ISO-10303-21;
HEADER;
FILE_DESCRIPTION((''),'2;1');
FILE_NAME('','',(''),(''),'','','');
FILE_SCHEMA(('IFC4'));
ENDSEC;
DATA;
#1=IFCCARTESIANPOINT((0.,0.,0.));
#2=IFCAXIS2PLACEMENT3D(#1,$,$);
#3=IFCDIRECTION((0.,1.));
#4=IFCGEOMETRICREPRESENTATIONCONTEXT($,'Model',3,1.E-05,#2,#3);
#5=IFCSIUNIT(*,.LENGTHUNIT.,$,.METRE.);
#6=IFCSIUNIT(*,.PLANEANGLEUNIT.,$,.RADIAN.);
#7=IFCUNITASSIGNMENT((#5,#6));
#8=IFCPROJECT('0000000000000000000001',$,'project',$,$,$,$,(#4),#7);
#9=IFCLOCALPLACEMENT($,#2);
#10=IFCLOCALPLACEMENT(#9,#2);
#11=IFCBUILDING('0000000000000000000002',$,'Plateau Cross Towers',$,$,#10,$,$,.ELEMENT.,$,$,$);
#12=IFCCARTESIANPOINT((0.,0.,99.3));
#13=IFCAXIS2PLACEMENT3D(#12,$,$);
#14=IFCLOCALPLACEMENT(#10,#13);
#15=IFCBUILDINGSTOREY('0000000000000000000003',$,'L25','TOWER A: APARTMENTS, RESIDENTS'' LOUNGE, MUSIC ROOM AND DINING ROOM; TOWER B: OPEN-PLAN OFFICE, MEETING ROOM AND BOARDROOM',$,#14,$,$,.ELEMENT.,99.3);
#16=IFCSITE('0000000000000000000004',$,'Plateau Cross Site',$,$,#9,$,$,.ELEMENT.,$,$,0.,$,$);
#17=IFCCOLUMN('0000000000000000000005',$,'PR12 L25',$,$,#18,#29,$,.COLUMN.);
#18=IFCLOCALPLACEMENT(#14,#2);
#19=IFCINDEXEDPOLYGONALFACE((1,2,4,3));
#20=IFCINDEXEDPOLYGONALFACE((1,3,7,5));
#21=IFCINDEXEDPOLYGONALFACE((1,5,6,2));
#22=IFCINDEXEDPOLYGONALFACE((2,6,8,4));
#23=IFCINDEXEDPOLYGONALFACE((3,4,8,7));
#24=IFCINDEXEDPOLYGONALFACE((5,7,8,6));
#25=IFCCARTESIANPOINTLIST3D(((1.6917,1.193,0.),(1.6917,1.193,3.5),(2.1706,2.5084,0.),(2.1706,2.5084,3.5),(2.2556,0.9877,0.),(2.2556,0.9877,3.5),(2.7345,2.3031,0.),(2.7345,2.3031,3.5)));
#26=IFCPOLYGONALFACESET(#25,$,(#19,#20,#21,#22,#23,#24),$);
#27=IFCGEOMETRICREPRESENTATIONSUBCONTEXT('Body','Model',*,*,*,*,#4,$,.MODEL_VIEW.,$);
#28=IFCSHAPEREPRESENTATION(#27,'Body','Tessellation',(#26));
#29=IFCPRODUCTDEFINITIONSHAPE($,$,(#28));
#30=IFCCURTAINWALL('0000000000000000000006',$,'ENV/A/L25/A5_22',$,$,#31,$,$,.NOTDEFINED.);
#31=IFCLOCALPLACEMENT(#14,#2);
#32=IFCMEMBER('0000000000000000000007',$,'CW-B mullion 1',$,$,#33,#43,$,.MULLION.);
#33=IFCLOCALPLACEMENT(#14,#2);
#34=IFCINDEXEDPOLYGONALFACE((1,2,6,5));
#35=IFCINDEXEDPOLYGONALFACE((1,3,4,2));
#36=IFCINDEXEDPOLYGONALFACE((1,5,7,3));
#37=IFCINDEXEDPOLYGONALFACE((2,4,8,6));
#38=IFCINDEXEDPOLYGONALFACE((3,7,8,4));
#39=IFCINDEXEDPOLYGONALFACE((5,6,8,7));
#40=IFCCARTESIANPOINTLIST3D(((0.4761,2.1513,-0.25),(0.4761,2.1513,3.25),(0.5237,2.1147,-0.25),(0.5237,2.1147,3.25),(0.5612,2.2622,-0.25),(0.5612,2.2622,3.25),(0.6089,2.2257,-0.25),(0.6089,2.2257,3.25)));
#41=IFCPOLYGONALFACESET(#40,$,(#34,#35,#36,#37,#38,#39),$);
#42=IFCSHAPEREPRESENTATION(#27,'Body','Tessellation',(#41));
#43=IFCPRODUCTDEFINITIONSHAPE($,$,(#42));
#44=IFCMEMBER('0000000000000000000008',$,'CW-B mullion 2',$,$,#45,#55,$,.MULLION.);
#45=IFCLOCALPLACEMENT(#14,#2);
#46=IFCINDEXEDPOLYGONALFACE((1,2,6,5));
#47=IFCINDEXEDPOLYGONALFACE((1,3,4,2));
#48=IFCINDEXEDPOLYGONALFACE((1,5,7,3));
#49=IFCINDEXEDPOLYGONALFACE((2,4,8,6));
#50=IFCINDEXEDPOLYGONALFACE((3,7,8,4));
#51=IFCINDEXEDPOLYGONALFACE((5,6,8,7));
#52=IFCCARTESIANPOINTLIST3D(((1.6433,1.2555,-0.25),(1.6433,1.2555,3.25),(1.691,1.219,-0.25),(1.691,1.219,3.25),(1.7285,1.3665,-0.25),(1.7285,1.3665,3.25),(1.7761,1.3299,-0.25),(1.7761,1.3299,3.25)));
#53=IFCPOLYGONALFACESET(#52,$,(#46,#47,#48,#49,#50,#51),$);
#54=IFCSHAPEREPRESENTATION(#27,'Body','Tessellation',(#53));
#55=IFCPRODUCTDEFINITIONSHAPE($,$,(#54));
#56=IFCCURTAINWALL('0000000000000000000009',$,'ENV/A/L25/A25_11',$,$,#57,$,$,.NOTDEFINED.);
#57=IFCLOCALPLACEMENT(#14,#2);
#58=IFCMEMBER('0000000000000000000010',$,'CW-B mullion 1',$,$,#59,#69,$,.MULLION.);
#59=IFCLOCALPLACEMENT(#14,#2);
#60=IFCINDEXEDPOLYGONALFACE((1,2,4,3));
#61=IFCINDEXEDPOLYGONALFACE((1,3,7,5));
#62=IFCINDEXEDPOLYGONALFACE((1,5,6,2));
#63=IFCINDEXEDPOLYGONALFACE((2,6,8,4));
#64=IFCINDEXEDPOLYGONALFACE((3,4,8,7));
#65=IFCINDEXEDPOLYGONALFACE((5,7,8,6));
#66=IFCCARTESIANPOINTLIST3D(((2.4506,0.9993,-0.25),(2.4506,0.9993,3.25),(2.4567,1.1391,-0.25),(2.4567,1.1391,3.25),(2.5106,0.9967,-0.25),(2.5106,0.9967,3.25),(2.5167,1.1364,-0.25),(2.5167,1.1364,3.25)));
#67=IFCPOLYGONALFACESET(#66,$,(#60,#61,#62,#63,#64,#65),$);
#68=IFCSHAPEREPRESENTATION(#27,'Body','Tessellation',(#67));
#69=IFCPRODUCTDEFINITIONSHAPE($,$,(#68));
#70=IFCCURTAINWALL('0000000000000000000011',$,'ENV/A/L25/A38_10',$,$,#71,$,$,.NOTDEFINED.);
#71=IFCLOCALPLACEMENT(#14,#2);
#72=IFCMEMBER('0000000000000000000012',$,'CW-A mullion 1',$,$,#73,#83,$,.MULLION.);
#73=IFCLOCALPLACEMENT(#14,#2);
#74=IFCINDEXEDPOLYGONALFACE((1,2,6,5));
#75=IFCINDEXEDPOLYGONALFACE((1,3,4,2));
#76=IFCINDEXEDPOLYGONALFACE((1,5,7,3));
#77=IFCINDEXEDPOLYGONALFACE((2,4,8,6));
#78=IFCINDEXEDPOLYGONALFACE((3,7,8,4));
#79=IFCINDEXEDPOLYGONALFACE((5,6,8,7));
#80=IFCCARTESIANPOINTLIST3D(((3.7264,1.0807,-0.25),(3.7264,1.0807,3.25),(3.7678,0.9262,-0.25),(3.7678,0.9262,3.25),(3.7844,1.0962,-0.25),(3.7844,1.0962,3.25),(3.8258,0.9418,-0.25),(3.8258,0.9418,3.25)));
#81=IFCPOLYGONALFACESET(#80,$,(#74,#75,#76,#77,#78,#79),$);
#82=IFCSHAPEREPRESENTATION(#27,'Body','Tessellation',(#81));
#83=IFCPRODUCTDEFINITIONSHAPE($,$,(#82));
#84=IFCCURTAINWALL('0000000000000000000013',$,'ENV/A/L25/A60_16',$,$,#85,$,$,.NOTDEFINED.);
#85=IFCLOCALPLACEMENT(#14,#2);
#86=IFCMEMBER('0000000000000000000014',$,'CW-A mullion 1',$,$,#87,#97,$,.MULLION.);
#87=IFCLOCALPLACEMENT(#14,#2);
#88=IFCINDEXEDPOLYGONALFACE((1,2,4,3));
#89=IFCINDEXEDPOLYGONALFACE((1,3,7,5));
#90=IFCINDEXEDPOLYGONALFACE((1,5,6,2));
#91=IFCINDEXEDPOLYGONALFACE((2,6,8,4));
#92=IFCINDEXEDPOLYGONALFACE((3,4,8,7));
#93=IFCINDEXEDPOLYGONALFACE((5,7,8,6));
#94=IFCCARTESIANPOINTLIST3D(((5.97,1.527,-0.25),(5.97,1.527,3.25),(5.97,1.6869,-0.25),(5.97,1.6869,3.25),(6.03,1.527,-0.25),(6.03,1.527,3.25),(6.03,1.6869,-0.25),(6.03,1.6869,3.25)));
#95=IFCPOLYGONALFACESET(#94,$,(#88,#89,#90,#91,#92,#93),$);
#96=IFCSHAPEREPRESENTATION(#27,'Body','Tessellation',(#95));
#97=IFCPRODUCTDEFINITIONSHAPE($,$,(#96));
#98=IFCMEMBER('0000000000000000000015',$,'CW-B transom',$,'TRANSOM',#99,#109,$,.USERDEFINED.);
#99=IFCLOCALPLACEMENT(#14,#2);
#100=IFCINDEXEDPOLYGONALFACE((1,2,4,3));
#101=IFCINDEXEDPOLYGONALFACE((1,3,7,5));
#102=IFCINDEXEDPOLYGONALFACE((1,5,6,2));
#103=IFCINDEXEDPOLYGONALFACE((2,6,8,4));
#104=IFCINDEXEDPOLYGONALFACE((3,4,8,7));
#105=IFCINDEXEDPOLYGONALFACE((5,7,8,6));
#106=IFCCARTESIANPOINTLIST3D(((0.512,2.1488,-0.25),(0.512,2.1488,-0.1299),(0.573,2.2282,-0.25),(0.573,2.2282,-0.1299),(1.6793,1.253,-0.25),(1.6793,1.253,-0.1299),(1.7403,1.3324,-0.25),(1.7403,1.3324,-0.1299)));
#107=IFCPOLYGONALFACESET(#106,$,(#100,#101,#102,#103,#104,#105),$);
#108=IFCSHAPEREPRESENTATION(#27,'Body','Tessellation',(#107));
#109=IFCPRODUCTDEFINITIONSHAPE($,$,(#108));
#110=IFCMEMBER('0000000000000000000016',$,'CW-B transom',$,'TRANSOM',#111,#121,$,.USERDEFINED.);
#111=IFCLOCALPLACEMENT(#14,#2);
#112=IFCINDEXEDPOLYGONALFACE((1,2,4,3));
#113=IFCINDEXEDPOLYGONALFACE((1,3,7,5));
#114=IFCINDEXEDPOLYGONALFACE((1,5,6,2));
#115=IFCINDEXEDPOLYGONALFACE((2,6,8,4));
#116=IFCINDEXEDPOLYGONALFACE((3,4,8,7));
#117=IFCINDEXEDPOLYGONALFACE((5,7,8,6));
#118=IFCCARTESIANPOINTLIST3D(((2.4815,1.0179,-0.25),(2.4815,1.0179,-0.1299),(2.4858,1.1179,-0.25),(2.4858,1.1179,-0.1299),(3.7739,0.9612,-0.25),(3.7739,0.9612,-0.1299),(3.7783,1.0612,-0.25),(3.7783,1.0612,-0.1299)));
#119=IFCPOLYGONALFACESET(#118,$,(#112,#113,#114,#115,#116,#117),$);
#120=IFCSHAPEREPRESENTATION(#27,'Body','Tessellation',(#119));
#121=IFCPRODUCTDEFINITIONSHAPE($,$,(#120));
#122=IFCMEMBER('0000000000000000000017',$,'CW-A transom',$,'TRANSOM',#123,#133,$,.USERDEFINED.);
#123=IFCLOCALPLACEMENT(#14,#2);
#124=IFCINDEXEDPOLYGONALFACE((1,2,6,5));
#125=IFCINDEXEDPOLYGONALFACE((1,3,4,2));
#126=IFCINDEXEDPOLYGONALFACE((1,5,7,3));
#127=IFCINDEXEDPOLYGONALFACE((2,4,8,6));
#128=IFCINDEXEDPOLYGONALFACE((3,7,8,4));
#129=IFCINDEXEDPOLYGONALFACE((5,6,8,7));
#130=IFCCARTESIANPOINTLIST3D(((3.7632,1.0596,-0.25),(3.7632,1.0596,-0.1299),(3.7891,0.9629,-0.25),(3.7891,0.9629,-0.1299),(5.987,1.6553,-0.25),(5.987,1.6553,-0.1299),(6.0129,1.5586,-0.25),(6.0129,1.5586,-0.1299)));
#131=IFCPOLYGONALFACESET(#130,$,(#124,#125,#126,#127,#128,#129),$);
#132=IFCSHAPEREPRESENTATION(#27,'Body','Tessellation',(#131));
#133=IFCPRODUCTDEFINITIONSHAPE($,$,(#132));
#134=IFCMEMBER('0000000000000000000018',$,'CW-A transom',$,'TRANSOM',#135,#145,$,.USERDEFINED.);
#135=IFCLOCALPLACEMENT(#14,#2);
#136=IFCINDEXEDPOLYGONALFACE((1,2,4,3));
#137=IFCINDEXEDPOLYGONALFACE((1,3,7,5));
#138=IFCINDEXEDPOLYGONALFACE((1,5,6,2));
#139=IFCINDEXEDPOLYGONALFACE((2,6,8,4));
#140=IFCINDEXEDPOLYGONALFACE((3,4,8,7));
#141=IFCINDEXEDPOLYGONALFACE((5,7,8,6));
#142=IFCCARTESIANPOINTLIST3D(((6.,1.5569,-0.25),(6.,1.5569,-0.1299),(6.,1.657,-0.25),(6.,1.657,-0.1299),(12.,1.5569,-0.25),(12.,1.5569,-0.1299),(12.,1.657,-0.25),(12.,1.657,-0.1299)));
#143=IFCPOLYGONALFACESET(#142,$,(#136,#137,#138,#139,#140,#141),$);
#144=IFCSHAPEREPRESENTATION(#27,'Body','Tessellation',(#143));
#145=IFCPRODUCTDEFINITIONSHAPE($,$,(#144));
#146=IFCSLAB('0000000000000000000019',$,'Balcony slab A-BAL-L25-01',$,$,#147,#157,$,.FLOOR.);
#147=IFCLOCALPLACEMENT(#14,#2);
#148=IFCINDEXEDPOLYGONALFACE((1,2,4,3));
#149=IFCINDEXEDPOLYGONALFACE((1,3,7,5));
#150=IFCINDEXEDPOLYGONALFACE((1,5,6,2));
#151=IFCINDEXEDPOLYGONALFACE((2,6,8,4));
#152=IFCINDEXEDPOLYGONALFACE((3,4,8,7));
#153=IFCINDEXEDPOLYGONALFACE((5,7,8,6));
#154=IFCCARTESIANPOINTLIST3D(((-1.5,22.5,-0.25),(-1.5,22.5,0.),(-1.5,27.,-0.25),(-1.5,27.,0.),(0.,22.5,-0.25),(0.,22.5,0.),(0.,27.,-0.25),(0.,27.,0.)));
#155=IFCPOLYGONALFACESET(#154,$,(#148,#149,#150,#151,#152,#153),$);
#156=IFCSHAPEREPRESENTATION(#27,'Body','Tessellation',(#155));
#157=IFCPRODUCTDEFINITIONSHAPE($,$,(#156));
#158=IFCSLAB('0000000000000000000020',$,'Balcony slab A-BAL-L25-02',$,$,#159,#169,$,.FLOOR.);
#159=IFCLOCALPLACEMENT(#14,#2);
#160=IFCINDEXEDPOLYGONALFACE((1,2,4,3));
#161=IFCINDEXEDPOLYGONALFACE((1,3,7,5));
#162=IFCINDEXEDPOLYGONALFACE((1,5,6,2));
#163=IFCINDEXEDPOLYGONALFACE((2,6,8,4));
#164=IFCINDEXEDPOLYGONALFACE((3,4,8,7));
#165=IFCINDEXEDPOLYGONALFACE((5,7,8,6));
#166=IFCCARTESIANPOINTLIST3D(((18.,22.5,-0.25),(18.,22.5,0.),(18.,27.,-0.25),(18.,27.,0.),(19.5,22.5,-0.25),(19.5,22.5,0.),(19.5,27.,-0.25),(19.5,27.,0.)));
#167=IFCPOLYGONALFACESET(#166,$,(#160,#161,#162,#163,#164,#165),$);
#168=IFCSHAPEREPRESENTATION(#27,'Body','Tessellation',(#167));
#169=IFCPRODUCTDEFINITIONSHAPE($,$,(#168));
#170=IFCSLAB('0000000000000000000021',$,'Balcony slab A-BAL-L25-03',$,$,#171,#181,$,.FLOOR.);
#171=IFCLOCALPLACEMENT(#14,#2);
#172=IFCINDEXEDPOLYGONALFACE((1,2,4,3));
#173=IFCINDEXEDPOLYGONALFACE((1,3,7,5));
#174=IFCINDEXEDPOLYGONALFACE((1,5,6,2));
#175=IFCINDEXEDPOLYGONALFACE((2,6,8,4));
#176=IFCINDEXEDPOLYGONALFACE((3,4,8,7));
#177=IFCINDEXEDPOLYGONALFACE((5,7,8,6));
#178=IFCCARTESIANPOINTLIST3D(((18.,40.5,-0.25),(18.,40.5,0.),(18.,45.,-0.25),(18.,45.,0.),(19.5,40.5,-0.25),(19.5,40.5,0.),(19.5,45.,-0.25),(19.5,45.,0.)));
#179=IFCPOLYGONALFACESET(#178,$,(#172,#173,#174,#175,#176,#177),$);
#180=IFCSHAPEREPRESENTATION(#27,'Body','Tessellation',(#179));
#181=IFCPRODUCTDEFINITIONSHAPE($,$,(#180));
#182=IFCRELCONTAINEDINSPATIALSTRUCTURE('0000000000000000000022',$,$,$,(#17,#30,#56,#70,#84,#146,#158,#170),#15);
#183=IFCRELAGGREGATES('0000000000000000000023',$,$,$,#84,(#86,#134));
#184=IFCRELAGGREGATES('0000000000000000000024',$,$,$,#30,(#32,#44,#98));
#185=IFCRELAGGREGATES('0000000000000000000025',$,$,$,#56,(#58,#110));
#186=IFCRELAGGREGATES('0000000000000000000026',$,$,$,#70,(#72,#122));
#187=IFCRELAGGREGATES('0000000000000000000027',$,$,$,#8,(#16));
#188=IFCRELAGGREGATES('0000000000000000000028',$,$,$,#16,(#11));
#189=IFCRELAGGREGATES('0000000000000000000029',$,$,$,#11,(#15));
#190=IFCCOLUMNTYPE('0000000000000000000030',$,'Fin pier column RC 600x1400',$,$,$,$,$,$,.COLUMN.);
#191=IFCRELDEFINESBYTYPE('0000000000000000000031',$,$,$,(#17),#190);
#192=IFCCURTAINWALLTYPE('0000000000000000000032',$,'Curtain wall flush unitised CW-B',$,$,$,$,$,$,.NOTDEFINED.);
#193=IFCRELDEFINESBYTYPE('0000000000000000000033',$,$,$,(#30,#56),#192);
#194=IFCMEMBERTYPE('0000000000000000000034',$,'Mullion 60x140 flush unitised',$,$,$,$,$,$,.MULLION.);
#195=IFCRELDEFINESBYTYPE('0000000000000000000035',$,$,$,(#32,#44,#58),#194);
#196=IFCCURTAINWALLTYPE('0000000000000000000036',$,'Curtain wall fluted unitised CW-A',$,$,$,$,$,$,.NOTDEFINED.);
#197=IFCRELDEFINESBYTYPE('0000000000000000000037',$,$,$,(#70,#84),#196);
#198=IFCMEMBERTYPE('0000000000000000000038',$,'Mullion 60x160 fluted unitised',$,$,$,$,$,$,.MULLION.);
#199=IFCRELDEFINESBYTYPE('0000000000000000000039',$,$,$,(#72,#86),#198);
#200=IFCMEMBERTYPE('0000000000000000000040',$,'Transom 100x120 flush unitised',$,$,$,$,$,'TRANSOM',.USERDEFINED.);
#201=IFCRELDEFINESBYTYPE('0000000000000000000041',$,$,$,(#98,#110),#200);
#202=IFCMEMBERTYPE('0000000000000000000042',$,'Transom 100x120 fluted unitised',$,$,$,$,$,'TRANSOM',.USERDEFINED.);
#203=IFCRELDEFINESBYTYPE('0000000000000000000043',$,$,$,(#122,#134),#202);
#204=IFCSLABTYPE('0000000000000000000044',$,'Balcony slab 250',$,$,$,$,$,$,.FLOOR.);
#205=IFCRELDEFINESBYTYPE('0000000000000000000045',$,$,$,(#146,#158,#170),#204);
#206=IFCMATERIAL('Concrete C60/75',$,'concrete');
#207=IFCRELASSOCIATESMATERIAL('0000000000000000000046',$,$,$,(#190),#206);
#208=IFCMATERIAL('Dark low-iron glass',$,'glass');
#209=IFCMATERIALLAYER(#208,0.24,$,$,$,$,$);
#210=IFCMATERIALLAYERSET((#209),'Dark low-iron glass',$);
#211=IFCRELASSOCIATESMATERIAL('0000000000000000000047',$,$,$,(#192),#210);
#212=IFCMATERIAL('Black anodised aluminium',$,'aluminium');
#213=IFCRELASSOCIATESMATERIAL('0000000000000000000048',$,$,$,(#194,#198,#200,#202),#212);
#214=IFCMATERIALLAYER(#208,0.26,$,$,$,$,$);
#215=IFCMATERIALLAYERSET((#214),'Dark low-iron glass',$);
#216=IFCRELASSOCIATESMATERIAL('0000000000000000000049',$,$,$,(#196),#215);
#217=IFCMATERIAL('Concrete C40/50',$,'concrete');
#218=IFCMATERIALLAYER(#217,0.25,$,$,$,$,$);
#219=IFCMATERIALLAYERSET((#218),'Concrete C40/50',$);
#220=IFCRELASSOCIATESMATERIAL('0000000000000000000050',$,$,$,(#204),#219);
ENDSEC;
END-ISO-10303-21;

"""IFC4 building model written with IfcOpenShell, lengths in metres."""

from ifc_helpers import new_model, si_unit, direction, frame, origin, origin_2d, place, context, subcontext, project, spatial, polyline, rectangle, outline, extrude, material, layer, layer_set, material_profile, profile_set, type_object, element, aggregate, save


model = new_model("IFC4")

# Units and contexts
model_context = context("Model", 3, precision=1e-05, world=origin(), true_north=direction((0.0, 1.0)))
body_context = subcontext(model_context, "Body", "Model", "MODEL_VIEW")
ifc_project = project(units=[si_unit("LENGTHUNIT", "METRE"), si_unit("PLANEANGLEUNIT", "RADIAN")], contexts=[model_context])

# Site, building, storey
site_placement = place(None, origin())
site = spatial("IfcSite", under=ifc_project, at=site_placement, Name="Plateau Cross Site", CompositionType="ELEMENT", RefElevation=0.0)
building_placement = place(site_placement, origin())
building = spatial("IfcBuilding", under=site, at=building_placement, Name="Plateau Cross Towers", CompositionType="ELEMENT")
storey_placement = place(building_placement, frame((0.0, 0.0, 99.3)))
storey = spatial("IfcBuildingStorey", under=building, at=storey_placement, Name="L25", Description="TOWER A: APARTMENTS, RESIDENTS' LOUNGE, MUSIC ROOM AND DINING ROOM; TOWER B: OPEN-PLAN OFFICE, MEETING ROOM AND BOARDROOM", CompositionType="ELEMENT", Elevation=99.3)

# Column
ifc_material_1 = material(Name="Concrete C60/75", Category="concrete")
ifc_material_profile_1 = material_profile(ifc_material_1, rectangle(XDim=0.6001, YDim=1.3999, at=origin_2d()), Name="RC 600x1400")
ifc_profile_set_1 = profile_set([ifc_material_profile_1], Name="Concrete C60/75")
column_type = type_object("IfcColumnType", Name="Fin pier column RC 600x1400", PredefinedType="COLUMN", material=ifc_profile_set_1)
column_placement = place(storey_placement, frame((2.2131, 1.748, 0.0), z_axis=(0.0, 0.0, 1.0), x_axis=(-0.939664, 0.342098, 0.0)))
element("IfcColumn", 1, at=column_placement, inside=storey, type_object=column_type, Name="PR12 L25", PredefinedType="COLUMN", context=body_context, shape_type="SweptSolid", body=[
    extrude(rectangle(XDim=0.6001, YDim=1.3999, at=origin_2d()), origin(), (0.0, 0.0, 1.0), 3.5),
])

# Curtain wall, members
ifc_material_2 = material(Name="Dark low-iron glass", Category="glass")
ifc_layer_1 = layer(ifc_material_2, 0.24)
ifc_layer_set_1 = layer_set([ifc_layer_1], Name="Dark low-iron glass")
curtain_wall_type_1 = type_object("IfcCurtainWallType", Name="Curtain wall flush unitised CW-B", PredefinedType="NOTDEFINED", material=ifc_layer_set_1)
curtain_wall_1_placement = place(storey_placement, origin())
curtain_wall_1 = element("IfcCurtainWall", 2, at=curtain_wall_1_placement, inside=storey, type_object=curtain_wall_type_1, Name="ENV/A/L25/A5_22", PredefinedType="NOTDEFINED")
ifc_material_3 = material(Name="Black anodised aluminium", Category="aluminium")
ifc_material_profile_2 = material_profile(ifc_material_3, rectangle(XDim=0.0601, YDim=0.1399, at=origin_2d()), Name="MULLION 60x140")
ifc_profile_set_2 = profile_set([ifc_material_profile_2], Name="Black anodised aluminium")
member_type_1 = type_object("IfcMemberType", Name="Mullion 60x140 flush unitised", PredefinedType="MULLION", material=ifc_profile_set_2)
member_1_placement = place(storey_placement, frame((0.5425, 2.1885, -0.25), z_axis=(0.0, 0.0, 1.0), x_axis=(0.793316, -0.608811, 0.0)))
member_1 = element("IfcMember", 3, at=member_1_placement, type_object=member_type_1, Name="CW-B mullion 1", PredefinedType="MULLION", context=body_context, shape_type="SweptSolid", body=[
    extrude(rectangle(XDim=0.0601, YDim=0.1399, at=origin_2d()), origin(), (0.0, 0.0, 1.0), 3.5),
])
member_2_placement = place(storey_placement, frame((1.7097, 1.2927, -0.25), z_axis=(0.0, 0.0, 1.0), x_axis=(0.793316, -0.608811, 0.0)))
member_2 = element("IfcMember", 4, at=member_2_placement, type_object=member_type_1, Name="CW-B mullion 2", PredefinedType="MULLION", context=body_context, shape_type="SweptSolid", body=[
    extrude(rectangle(XDim=0.0601, YDim=0.1399, at=origin_2d()), origin(), (0.0, 0.0, 1.0), 3.5),
])

# Curtain walls, members
curtain_wall_2_placement = place(storey_placement, origin())
curtain_wall_2 = element("IfcCurtainWall", 5, at=curtain_wall_2_placement, inside=storey, type_object=curtain_wall_type_1, Name="ENV/A/L25/A25_11", PredefinedType="NOTDEFINED")
member_3_placement = place(storey_placement, frame((2.4836, 1.0679, -0.25), z_axis=(0.0, 0.0, 1.0), x_axis=(0.999044, -0.043723, 0.0)))
member_3 = element("IfcMember", 6, at=member_3_placement, type_object=member_type_1, Name="CW-B mullion 1", PredefinedType="MULLION", context=body_context, shape_type="SweptSolid", body=[
    extrude(rectangle(XDim=0.0601, YDim=0.1399, at=origin_2d()), origin(), (0.0, 0.0, 1.0), 3.5),
])
ifc_layer_2 = layer(ifc_material_2, 0.26)
ifc_layer_set_2 = layer_set([ifc_layer_2], Name="Dark low-iron glass")
curtain_wall_type_2 = type_object("IfcCurtainWallType", Name="Curtain wall fluted unitised CW-A", PredefinedType="NOTDEFINED", material=ifc_layer_set_2)
curtain_wall_3_placement = place(storey_placement, origin())
curtain_wall_3 = element("IfcCurtainWall", 7, at=curtain_wall_3_placement, inside=storey, type_object=curtain_wall_type_2, Name="ENV/A/L25/A38_10", PredefinedType="NOTDEFINED")
ifc_material_profile_3 = material_profile(ifc_material_3, rectangle(XDim=0.0601, YDim=0.1599, at=origin_2d()), Name="MULLION 60x160")
ifc_profile_set_3 = profile_set([ifc_material_profile_3], Name="Black anodised aluminium")
member_type_2 = type_object("IfcMemberType", Name="Mullion 60x160 fluted unitised", PredefinedType="MULLION", material=ifc_profile_set_3)
member_4_placement = place(storey_placement, frame((3.7761, 1.0112, -0.25), z_axis=(0.0, 0.0, 1.0), x_axis=(0.965958, 0.258699, 0.0)))
member_4 = element("IfcMember", 8, at=member_4_placement, type_object=member_type_2, Name="CW-A mullion 1", PredefinedType="MULLION", context=body_context, shape_type="SweptSolid", body=[
    extrude(rectangle(XDim=0.0601, YDim=0.1599, at=origin_2d()), origin(), (0.0, 0.0, 1.0), 3.5),
])
curtain_wall_4_placement = place(storey_placement, origin())
curtain_wall_4 = element("IfcCurtainWall", 9, at=curtain_wall_4_placement, inside=storey, type_object=curtain_wall_type_2, Name="ENV/A/L25/A60_16", PredefinedType="NOTDEFINED")
member_5_placement = place(storey_placement, frame((6.0, 1.6069, -0.25), z_axis=(0.0, 0.0, 1.0), x_axis=(1.0, 0.0, 0.0)))
member_5 = element("IfcMember", 10, at=member_5_placement, type_object=member_type_2, Name="CW-A mullion 1", PredefinedType="MULLION", context=body_context, shape_type="SweptSolid", body=[
    extrude(rectangle(XDim=0.0601, YDim=0.1599, at=origin_2d()), origin(), (0.0, 0.0, 1.0), 3.5),
])

# Members
ifc_material_profile_4 = material_profile(ifc_material_3, rectangle(XDim=0.1001, YDim=0.1201, at=origin_2d()), Name="TRANSOM 100x120")
ifc_profile_set_4 = profile_set([ifc_material_profile_4], Name="Black anodised aluminium")
member_type_3 = type_object("IfcMemberType", Name="Transom 100x120 flush unitised", ElementType="TRANSOM", PredefinedType="USERDEFINED", material=ifc_profile_set_4)
member_6_placement = place(storey_placement, frame((0.5425, 2.1885, -0.1899), z_axis=(0.793321, -0.608804, 0.0), x_axis=(0.608804, 0.793321, 0.0)))
member_6 = element("IfcMember", 11, at=member_6_placement, type_object=member_type_3, Name="CW-B transom", ObjectType="TRANSOM", PredefinedType="USERDEFINED", context=body_context, shape_type="SweptSolid", body=[
    extrude(rectangle(XDim=0.1001, YDim=0.1201, at=origin_2d()), origin(), (0.0, 0.0, 1.0), 1.4714),
])
member_7_placement = place(storey_placement, frame((2.4836, 1.0679, -0.1899), z_axis=(0.999041, -0.043781, 0.0), x_axis=(0.043781, 0.999041, 0.0)))
member_7 = element("IfcMember", 12, at=member_7_placement, type_object=member_type_3, Name="CW-B transom", ObjectType="TRANSOM", PredefinedType="USERDEFINED", context=body_context, shape_type="SweptSolid", body=[
    extrude(rectangle(XDim=0.1001, YDim=0.1201, at=origin_2d()), origin(), (0.0, 0.0, 1.0), 1.2937),
])
ifc_material_profile_5 = material_profile(ifc_material_3, rectangle(XDim=0.1001, YDim=0.1201, at=origin_2d()), Name="TRANSOM 100x120")
ifc_profile_set_5 = profile_set([ifc_material_profile_5], Name="Black anodised aluminium")
member_type_4 = type_object("IfcMemberType", Name="Transom 100x120 fluted unitised", ElementType="TRANSOM", PredefinedType="USERDEFINED", material=ifc_profile_set_5)
member_8_placement = place(storey_placement, frame((3.7761, 1.0112, -0.1899), z_axis=(0.965946, 0.258745, 0.0), x_axis=(-0.258745, 0.965946, 0.0)))
member_8 = element("IfcMember", 13, at=member_8_placement, type_object=member_type_4, Name="CW-A transom", ObjectType="TRANSOM", PredefinedType="USERDEFINED", context=body_context, shape_type="SweptSolid", body=[
    extrude(rectangle(XDim=0.1001, YDim=0.1201, at=origin_2d()), origin(), (0.0, 0.0, 1.0), 2.3022),
])
member_9_placement = place(storey_placement, frame((6.0, 1.6069, -0.1899), z_axis=(1.0, 0.0, 0.0), x_axis=(0.0, 1.0, 0.0)))
member_9 = element("IfcMember", 14, at=member_9_placement, type_object=member_type_4, Name="CW-A transom", ObjectType="TRANSOM", PredefinedType="USERDEFINED", context=body_context, shape_type="SweptSolid", body=[
    extrude(rectangle(XDim=0.1001, YDim=0.1201, at=origin_2d()), origin(), (0.0, 0.0, 1.0), 6.0),
])
aggregate(curtain_wall_4, [member_5, member_9])

# Slabs
ifc_material_4 = material(Name="Concrete C40/50", Category="concrete")
ifc_layer_3 = layer(ifc_material_4, 0.25)
ifc_layer_set_3 = layer_set([ifc_layer_3], Name="Concrete C40/50")
slab_type_1 = type_object("IfcSlabType", Name="Balcony slab 250", PredefinedType="FLOOR", material=ifc_layer_set_3)
slab_1_placement = place(storey_placement, frame((0.0, 0.0, -0.25)))
element("IfcSlab", 15, at=slab_1_placement, inside=storey, type_object=slab_type_1, Name="Balcony slab A-BAL-L25-01", PredefinedType="FLOOR", context=body_context, shape_type="SweptSolid", body=[
    extrude(outline(polyline([(0.0, 22.5), (0.0, 27.0), (-1.5, 27.0), (-1.5, 22.5), (0.0, 22.5)])), origin(), (0.0, 0.0, 1.0), 0.25),
])
slab_2_placement = place(storey_placement, frame((0.0, 0.0, -0.25)))
element("IfcSlab", 16, at=slab_2_placement, inside=storey, type_object=slab_type_1, Name="Balcony slab A-BAL-L25-02", PredefinedType="FLOOR", context=body_context, shape_type="SweptSolid", body=[
    extrude(outline(polyline([(19.5, 22.5), (19.5, 27.0), (18.0, 27.0), (18.0, 22.5), (19.5, 22.5)])), origin(), (0.0, 0.0, 1.0), 0.25),
])
slab_3_placement = place(storey_placement, frame((0.0, 0.0, -0.25)))
element("IfcSlab", 17, at=slab_3_placement, inside=storey, type_object=slab_type_1, Name="Balcony slab A-BAL-L25-03", PredefinedType="FLOOR", context=body_context, shape_type="SweptSolid", body=[
    extrude(outline(polyline([(19.5, 40.5), (19.5, 45.0), (18.0, 45.0), (18.0, 40.5), (19.5, 40.5)])), origin(), (0.0, 0.0, 1.0), 0.25),
])

aggregate(curtain_wall_1, [member_1, member_2, member_6])
aggregate(curtain_wall_2, [member_3, member_7])
aggregate(curtain_wall_3, [member_4, member_8])

save(model, "model.ifc")
